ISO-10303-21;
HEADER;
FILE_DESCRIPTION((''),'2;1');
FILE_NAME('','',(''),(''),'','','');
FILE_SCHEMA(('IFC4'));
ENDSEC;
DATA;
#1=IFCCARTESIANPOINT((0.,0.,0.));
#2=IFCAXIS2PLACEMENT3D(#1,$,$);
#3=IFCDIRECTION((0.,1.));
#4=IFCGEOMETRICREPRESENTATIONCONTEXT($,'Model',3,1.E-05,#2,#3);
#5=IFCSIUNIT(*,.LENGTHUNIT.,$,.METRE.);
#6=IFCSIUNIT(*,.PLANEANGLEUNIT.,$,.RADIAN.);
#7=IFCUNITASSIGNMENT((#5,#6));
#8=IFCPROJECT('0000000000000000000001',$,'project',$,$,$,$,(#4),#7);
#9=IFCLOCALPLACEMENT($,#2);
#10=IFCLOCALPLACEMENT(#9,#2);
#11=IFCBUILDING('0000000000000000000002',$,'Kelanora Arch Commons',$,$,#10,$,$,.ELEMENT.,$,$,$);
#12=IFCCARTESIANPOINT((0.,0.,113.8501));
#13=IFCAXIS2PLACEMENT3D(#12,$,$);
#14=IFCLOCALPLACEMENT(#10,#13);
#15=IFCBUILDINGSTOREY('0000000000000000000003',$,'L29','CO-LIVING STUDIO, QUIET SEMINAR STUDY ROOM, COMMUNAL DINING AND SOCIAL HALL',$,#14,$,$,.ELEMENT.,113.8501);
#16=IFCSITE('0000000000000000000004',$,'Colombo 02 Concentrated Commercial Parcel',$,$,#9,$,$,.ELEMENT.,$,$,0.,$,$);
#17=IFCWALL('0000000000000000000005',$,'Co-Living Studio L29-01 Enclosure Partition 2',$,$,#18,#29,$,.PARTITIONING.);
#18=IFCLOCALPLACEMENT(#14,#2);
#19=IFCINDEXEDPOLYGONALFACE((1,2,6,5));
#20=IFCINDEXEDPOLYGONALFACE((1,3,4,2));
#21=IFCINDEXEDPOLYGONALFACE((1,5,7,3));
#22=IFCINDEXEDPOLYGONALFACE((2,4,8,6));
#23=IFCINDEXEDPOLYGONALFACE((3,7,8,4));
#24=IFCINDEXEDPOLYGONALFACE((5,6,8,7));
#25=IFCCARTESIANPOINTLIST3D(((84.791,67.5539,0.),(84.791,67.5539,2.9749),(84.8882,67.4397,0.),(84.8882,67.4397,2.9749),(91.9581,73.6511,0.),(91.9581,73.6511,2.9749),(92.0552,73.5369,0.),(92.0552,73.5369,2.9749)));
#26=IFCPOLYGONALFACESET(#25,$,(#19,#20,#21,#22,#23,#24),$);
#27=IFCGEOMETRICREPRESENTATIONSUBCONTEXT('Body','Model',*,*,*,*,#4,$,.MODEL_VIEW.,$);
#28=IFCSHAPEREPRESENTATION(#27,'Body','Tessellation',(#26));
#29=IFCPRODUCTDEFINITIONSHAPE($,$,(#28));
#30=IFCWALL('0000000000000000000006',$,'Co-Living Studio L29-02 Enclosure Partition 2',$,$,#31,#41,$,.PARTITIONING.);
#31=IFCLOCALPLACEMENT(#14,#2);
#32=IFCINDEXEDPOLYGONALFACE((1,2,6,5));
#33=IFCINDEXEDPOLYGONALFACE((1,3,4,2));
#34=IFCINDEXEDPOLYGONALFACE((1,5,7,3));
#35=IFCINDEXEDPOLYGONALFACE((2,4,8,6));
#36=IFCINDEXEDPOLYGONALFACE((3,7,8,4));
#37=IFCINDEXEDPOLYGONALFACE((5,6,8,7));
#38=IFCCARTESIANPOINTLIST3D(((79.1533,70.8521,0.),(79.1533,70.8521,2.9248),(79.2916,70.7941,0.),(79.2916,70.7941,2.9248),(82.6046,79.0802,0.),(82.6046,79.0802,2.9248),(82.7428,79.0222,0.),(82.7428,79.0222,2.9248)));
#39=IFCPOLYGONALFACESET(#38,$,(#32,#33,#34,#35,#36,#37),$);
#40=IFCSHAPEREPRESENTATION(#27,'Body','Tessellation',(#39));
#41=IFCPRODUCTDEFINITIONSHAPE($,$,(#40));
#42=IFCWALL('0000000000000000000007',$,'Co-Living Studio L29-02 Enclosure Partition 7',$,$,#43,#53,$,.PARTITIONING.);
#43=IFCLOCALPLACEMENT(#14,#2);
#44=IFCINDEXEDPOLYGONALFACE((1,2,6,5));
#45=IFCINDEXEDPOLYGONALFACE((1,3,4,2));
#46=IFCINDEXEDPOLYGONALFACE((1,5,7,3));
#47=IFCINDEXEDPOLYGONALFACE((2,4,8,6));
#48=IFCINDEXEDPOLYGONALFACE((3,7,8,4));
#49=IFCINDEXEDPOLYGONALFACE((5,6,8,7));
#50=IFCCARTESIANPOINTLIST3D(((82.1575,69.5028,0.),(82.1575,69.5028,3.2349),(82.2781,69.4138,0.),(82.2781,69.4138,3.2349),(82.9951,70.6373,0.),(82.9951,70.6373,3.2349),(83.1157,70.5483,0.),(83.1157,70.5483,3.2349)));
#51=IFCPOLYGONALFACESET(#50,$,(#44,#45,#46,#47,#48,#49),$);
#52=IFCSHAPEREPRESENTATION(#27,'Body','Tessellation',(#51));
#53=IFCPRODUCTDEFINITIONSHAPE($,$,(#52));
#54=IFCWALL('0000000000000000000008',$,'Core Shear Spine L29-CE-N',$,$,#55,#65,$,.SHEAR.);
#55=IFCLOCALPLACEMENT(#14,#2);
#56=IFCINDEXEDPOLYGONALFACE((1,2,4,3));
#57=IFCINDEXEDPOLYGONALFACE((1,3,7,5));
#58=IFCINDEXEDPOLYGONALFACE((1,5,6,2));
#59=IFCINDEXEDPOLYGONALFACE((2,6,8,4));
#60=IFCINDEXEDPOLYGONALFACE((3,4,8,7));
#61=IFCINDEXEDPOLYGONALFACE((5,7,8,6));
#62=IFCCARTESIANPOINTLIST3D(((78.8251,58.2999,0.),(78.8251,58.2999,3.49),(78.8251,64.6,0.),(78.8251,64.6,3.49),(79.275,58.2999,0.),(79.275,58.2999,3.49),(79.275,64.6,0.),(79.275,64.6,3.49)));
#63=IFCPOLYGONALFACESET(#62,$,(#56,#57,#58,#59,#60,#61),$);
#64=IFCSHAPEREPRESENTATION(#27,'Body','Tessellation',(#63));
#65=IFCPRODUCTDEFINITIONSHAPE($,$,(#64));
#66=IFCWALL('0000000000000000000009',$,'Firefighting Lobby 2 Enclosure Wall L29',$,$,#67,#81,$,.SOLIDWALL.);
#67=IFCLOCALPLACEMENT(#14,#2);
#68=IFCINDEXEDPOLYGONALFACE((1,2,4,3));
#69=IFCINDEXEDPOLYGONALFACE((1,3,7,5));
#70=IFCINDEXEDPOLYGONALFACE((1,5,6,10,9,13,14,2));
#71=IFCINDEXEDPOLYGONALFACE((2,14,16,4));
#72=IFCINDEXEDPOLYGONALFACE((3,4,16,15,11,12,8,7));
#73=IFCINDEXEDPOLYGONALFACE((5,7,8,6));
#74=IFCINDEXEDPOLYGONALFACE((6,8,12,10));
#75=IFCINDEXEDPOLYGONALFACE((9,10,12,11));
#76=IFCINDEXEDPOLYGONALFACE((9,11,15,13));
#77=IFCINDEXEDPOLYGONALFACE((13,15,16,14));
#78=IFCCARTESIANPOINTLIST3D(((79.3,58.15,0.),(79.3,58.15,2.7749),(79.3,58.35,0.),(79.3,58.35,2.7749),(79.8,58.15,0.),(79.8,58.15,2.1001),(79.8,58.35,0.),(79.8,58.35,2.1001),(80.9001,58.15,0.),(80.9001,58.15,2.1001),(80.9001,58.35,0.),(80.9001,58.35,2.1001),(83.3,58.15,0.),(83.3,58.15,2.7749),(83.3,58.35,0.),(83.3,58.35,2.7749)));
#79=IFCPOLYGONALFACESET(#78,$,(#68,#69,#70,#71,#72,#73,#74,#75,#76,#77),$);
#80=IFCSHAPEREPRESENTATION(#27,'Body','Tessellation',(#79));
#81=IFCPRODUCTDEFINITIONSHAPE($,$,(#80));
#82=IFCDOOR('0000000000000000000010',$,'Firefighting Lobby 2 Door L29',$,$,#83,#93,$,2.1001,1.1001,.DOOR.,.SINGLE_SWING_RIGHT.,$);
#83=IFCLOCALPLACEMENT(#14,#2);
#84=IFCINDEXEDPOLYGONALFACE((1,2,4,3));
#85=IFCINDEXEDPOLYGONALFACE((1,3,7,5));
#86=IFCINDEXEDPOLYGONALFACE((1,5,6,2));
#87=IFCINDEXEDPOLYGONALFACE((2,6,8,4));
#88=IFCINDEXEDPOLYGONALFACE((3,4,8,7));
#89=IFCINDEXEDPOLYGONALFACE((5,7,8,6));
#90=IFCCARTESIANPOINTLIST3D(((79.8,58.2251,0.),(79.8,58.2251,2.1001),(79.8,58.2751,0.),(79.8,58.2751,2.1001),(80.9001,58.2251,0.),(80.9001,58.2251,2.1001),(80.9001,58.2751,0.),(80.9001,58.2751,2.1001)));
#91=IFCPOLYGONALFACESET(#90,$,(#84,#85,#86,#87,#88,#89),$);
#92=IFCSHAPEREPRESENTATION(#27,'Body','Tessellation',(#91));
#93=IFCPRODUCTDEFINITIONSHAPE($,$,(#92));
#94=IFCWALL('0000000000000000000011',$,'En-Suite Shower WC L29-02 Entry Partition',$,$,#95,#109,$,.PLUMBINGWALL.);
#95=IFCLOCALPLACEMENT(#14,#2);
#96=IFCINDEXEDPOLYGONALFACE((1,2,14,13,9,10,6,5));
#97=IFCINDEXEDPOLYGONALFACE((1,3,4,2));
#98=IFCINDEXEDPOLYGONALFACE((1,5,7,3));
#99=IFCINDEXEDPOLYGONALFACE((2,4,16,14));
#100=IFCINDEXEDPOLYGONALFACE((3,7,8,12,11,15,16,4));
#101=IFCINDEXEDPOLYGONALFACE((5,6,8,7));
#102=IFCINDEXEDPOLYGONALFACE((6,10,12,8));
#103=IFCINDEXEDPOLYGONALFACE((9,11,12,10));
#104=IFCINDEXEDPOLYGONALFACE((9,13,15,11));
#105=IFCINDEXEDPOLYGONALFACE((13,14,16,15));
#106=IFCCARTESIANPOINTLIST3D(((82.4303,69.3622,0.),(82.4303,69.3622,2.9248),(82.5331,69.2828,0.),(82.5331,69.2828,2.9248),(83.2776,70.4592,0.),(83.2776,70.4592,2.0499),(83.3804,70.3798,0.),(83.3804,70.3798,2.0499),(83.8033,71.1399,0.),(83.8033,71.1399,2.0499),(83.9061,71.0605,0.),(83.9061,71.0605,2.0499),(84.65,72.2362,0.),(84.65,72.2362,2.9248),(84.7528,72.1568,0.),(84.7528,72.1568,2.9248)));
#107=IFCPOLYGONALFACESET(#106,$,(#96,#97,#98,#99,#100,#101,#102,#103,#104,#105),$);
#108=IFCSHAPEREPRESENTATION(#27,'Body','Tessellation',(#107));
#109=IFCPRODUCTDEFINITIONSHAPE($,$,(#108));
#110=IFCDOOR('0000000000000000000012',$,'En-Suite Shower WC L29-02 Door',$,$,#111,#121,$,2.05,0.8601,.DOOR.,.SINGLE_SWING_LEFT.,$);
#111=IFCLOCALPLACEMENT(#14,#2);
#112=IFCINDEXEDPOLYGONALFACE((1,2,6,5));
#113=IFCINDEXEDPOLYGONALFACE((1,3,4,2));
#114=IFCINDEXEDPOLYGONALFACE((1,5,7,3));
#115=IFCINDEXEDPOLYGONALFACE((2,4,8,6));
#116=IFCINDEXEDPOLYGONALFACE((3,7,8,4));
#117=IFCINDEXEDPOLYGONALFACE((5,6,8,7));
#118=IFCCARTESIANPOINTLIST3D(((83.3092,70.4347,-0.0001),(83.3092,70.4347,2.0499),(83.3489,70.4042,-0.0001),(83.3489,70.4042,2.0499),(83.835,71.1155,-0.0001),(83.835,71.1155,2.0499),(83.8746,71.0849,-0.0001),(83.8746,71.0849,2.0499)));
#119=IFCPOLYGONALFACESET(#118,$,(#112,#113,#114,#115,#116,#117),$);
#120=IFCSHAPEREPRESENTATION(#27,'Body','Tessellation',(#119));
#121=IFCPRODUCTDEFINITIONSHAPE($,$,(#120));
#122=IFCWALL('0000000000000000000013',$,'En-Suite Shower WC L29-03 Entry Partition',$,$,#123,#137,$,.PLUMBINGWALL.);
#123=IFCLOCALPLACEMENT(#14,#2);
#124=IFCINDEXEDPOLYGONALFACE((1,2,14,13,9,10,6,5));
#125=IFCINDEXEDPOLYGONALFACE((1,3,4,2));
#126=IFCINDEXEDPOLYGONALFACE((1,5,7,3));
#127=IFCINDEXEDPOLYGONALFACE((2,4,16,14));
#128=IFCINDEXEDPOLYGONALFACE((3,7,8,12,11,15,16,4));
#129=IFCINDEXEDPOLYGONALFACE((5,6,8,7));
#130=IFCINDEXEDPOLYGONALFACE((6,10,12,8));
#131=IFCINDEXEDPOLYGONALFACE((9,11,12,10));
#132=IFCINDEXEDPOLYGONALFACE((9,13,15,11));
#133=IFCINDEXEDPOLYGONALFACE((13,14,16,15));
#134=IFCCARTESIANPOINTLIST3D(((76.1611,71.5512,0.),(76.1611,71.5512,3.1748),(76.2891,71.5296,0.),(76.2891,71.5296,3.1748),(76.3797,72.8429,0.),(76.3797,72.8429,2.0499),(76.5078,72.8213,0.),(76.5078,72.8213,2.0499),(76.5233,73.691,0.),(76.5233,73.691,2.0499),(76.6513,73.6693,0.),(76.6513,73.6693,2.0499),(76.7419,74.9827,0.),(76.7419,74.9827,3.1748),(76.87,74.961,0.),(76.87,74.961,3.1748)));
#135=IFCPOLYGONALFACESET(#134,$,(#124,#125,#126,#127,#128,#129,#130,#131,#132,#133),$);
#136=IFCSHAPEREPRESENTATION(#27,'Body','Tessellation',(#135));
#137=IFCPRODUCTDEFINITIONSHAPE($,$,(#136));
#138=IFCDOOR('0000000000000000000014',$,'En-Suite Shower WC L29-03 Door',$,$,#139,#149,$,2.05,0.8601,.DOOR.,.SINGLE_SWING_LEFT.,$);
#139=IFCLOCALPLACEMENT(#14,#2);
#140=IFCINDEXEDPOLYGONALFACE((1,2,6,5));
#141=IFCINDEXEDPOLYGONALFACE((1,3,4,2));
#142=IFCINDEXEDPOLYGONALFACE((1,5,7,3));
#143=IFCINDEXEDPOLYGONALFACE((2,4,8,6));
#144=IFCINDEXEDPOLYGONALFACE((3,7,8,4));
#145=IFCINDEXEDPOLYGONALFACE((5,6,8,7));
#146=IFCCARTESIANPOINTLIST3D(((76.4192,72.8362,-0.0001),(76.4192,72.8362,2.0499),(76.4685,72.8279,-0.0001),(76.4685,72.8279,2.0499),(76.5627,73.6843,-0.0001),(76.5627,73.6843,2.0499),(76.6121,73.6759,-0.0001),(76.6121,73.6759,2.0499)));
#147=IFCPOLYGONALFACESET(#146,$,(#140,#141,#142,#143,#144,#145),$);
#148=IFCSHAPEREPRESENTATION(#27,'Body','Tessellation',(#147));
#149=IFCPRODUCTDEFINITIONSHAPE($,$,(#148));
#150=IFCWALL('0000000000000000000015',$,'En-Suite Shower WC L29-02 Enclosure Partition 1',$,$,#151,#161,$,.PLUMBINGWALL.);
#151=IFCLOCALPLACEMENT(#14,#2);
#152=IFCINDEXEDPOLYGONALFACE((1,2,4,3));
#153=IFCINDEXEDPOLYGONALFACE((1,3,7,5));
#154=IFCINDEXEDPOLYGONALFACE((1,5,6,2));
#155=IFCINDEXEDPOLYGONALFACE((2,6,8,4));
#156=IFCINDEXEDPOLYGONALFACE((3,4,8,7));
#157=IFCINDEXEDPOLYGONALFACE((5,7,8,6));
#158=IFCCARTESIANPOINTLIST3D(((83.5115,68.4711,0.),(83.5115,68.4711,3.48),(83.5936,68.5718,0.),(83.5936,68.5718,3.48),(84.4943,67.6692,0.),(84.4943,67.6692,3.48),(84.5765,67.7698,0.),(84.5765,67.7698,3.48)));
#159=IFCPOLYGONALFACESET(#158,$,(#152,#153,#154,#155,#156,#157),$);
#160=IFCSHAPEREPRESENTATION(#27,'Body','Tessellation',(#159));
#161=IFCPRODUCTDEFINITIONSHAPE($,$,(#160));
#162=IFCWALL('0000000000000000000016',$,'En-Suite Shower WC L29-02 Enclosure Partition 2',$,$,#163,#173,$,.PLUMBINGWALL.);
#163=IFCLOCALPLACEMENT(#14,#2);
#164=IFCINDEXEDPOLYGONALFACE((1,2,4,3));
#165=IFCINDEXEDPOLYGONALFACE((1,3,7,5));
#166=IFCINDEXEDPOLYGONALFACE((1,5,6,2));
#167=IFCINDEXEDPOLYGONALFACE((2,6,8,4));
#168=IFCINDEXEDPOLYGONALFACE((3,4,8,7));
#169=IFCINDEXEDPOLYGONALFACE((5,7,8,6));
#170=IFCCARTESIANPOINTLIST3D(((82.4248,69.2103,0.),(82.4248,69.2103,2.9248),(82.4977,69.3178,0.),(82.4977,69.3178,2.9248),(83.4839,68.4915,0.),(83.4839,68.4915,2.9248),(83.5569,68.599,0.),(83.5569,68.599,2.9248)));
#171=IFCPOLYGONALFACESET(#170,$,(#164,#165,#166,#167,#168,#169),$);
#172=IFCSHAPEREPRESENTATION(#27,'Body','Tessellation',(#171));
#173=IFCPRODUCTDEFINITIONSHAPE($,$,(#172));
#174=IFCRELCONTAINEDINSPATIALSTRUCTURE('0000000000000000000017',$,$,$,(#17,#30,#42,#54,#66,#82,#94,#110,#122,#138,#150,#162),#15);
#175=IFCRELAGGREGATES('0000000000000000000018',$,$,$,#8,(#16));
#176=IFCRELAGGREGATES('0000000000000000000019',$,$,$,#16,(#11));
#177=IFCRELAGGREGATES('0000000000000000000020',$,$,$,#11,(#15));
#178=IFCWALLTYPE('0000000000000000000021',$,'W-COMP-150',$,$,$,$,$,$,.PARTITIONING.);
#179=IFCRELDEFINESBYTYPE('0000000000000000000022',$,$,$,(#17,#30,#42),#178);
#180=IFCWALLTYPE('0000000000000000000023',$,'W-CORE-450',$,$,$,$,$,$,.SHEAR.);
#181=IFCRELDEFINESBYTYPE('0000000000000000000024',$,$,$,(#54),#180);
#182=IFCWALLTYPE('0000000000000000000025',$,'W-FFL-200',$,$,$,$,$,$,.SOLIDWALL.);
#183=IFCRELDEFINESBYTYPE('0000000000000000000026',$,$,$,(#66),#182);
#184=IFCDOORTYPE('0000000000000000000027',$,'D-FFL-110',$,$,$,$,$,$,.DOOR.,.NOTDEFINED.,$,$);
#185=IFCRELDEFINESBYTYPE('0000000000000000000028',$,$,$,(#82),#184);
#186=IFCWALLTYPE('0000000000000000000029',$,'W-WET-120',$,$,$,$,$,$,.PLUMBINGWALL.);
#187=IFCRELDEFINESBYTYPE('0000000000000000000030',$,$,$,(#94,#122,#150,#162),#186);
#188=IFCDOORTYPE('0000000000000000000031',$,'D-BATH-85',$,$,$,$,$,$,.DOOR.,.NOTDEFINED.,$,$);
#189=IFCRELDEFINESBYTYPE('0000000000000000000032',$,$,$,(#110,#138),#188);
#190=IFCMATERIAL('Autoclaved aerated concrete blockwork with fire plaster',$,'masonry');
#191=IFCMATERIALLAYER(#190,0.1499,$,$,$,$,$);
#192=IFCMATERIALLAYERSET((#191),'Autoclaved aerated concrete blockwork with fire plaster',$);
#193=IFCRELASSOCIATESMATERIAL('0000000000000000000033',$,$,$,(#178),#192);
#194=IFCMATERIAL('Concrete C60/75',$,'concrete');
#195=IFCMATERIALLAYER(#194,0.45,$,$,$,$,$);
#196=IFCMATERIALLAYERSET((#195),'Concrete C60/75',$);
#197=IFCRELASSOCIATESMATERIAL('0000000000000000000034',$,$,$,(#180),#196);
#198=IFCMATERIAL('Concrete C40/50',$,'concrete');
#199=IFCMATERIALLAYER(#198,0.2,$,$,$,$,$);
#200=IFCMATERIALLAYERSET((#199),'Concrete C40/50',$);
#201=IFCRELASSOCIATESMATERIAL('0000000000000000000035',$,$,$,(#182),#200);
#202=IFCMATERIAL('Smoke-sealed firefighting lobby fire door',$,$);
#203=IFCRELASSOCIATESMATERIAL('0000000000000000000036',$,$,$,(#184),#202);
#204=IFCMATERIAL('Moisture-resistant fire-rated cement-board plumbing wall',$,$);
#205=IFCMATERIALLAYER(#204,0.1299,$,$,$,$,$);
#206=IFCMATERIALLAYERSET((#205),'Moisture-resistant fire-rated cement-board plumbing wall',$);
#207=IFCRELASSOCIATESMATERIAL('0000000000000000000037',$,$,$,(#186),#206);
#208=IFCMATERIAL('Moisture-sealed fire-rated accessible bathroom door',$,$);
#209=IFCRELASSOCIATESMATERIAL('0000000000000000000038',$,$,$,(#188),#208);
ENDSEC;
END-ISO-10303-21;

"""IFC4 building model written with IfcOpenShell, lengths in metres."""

from ifc_helpers import new_model, si_unit, direction, frame, frame_2d, origin, place, context, subcontext, project, spatial, rectangle, extrude, material, layer, layer_set, type_object, element, fill, save


model = new_model("IFC4")

# Units and contexts
model_context = context("Model", 3, precision=1e-05, world=origin(), true_north=direction((0.0, 1.0)))
body_context = subcontext(model_context, "Body", "Model", "MODEL_VIEW")
ifc_project = project(units=[si_unit("LENGTHUNIT", "METRE"), si_unit("PLANEANGLEUNIT", "RADIAN")], contexts=[model_context])

# Site, building, storey
site_placement = place(None, origin())
site = spatial("IfcSite", under=ifc_project, at=site_placement, Name="Colombo 02 Concentrated Commercial Parcel", CompositionType="ELEMENT", RefElevation=0.0)
building_placement = place(site_placement, origin())
building = spatial("IfcBuilding", under=site, at=building_placement, Name="Kelanora Arch Commons", CompositionType="ELEMENT")
storey_placement = place(building_placement, frame((0.0, 0.0, 113.8501)))
storey = spatial("IfcBuildingStorey", under=building, at=storey_placement, Name="L29", Description="CO-LIVING STUDIO, QUIET SEMINAR STUDY ROOM, COMMUNAL DINING AND SOCIAL HALL", CompositionType="ELEMENT", Elevation=113.8501)

# Shared definitions
ifc_material_1 = material(Name="Concrete C60/75", Category="concrete")

# Shared definitions
ifc_material_2 = material(Name="Autoclaved aerated concrete blockwork with fire plaster", Category="masonry")
ifc_layer_1 = layer(ifc_material_2, 0.1499)
ifc_layer_set_1 = layer_set([ifc_layer_1], Name="Autoclaved aerated concrete blockwork with fire plaster")
wall_type_1 = type_object("IfcWallType", Name="W-COMP-150", PredefinedType="PARTITIONING", material=ifc_layer_set_1)

# Walls
wall_1_placement = place(storey_placement, frame((84.8396, 67.4968, 0.0), z_axis=(0.0, 0.0, 1.0), x_axis=(0.761665, 0.647971, 0.0)))
element("IfcWall", 1, at=wall_1_placement, inside=storey, type_object=wall_type_1, Name="Co-Living Studio L29-01 Enclosure Partition 2", PredefinedType="PARTITIONING", context=body_context, shape_type="SweptSolid", body=[
    extrude(rectangle(XDim=9.4097, YDim=0.1499, at=frame_2d((4.7048, 0.0))), origin(), (0.0, 0.0, 1.0), 2.9749),
])
wall_2_placement = place(storey_placement, frame((79.2224, 70.823, 0.0), z_axis=(0.0, 0.0, 1.0), x_axis=(0.386794, 0.922166, 0.0)))
element("IfcWall", 2, at=wall_2_placement, inside=storey, type_object=wall_type_1, Name="Co-Living Studio L29-02 Enclosure Partition 2", PredefinedType="PARTITIONING", context=body_context, shape_type="SweptSolid", body=[
    extrude(rectangle(XDim=8.9226, YDim=0.1499, at=frame_2d((4.4614, 0.0))), origin(), (0.0, 0.0, 1.0), 2.9248),
])
wall_3_placement = place(storey_placement, frame((83.0554, 70.5928, 0.0), z_axis=(0.0, 0.0, 1.0), x_axis=(-0.593972, -0.804485, 0.0)))
element("IfcWall", 3, at=wall_3_placement, inside=storey, type_object=wall_type_1, Name="Co-Living Studio L29-02 Enclosure Partition 7", PredefinedType="PARTITIONING", context=body_context, shape_type="SweptSolid", body=[
    extrude(rectangle(XDim=1.4102, YDim=0.1499, at=frame_2d((0.7051, 0.0))), origin(), (0.0, 0.0, 1.0), 3.2349),
])
ifc_layer_2 = layer(ifc_material_1, 0.45)
ifc_layer_set_2 = layer_set([ifc_layer_2], Name="Concrete C60/75")
wall_type_2 = type_object("IfcWallType", Name="W-CORE-450", PredefinedType="SHEAR", material=ifc_layer_set_2)
wall_4_placement = place(storey_placement, frame((79.05, 58.3, 0.0), z_axis=(0.0, 0.0, 1.0), x_axis=(0.0, 1.0, 0.0)))
element("IfcWall", 4, at=wall_4_placement, inside=storey, type_object=wall_type_2, Name="Core Shear Spine L29-CE-N", PredefinedType="SHEAR", context=body_context, shape_type="SweptSolid", body=[
    extrude(rectangle(XDim=6.3, YDim=0.45, at=frame_2d((3.1499, 0.0))), origin(), (0.0, 0.0, 1.0), 3.49),
])

# Walls, openings, doors
ifc_material_3 = material(Name="Concrete C40/50", Category="concrete")
ifc_layer_3 = layer(ifc_material_3, 0.2)
ifc_layer_set_3 = layer_set([ifc_layer_3], Name="Concrete C40/50")
wall_type_3 = type_object("IfcWallType", Name="W-FFL-200", PredefinedType="SOLIDWALL", material=ifc_layer_set_3)
wall_5_placement = place(storey_placement, frame((79.3, 58.25, 0.0), z_axis=(0.0, 0.0, 1.0), x_axis=(1.0, 0.0, 0.0)))
wall_5 = element("IfcWall", 5, at=wall_5_placement, inside=storey, type_object=wall_type_3, Name="Firefighting Lobby 2 Enclosure Wall L29", PredefinedType="SOLIDWALL", context=body_context, shape_type="SweptSolid", body=[
    extrude(rectangle(XDim=4.0, YDim=0.2, at=frame_2d((2.0, 0.0))), origin(), (0.0, 0.0, 1.0), 2.7749),
])
opening_1_placement = place(wall_5_placement, frame((0.5, 0.0, 0.0)))
opening_1 = element("IfcOpeningElement", 6, at=opening_1_placement, cuts=wall_5, PredefinedType="OPENING", context=body_context, shape_type="SweptSolid", body=[
    extrude(rectangle(XDim=1.1001, YDim=2.1001, at=frame_2d((0.55, 1.05))), frame((0.0, 0.1099, 0.0), z_axis=(0.0, -1.0, 0.0), x_axis=(1.0, 0.0, 0.0)), (0.0, 0.0, 1.0), 0.22),
])
ifc_material_4 = material(Name="Smoke-sealed firefighting lobby fire door")
door_type_1 = type_object("IfcDoorType", Name="D-FFL-110", OperationType="NOTDEFINED", PredefinedType="DOOR", material=ifc_material_4)
door_1_placement = place(opening_1_placement, frame((1.1001, 0.0, 0.0), z_axis=(0.0, 0.0, 1.0), x_axis=(-1.0, 0.0, 0.0)))
door_1 = element("IfcDoor", 7, at=door_1_placement, inside=storey, type_object=door_type_1, Name="Firefighting Lobby 2 Door L29", OperationType="SINGLE_SWING_RIGHT", OverallHeight=2.1001, OverallWidth=1.1001, PredefinedType="DOOR", context=body_context, shape_type="SweptSolid", body=[
    extrude(rectangle(XDim=1.1001, YDim=2.1001, at=frame_2d((0.55, 1.05))), frame((0.0, 0.0249, 0.0), z_axis=(0.0, -1.0, 0.0), x_axis=(1.0, 0.0, 0.0)), (0.0, 0.0, 1.0), 0.05),
])
fill(opening_1, door_1)
ifc_material_5 = material(Name="Moisture-resistant fire-rated cement-board plumbing wall")
ifc_layer_4 = layer(ifc_material_5, 0.1299)
ifc_layer_set_4 = layer_set([ifc_layer_4], Name="Moisture-resistant fire-rated cement-board plumbing wall")
wall_type_4 = type_object("IfcWallType", Name="W-WET-120", PredefinedType="PLUMBINGWALL", material=ifc_layer_set_4)
wall_6_placement = place(storey_placement, frame((82.4817, 69.3225, 0.0), z_axis=(0.0, 0.0, 1.0), x_axis=(0.611256, 0.791433, 0.0)))
wall_6 = element("IfcWall", 8, at=wall_6_placement, inside=storey, type_object=wall_type_4, Name="En-Suite Shower WC L29-02 Entry Partition", PredefinedType="PLUMBINGWALL", context=body_context, shape_type="SweptSolid", body=[
    extrude(rectangle(XDim=3.6313, YDim=0.1299, at=frame_2d((1.8157, 0.0))), origin(), (0.0, 0.0, 1.0), 2.9248),
])
opening_2_placement = place(wall_6_placement, frame((1.386, 0.0, 0.0)))
opening_2 = element("IfcOpeningElement", 9, at=opening_2_placement, cuts=wall_6, PredefinedType="OPENING", context=body_context, shape_type="SweptSolid", body=[
    extrude(rectangle(XDim=0.8601, YDim=2.05, at=frame_2d((0.4302, 1.0249))), frame((0.0, 0.075, 0.0), z_axis=(0.0, -1.0, 0.0), x_axis=(1.0, 0.0, 0.0)), (0.0, 0.0, 1.0), 0.1499),
])
ifc_material_6 = material(Name="Moisture-sealed fire-rated accessible bathroom door")
door_type_2 = type_object("IfcDoorType", Name="D-BATH-85", OperationType="NOTDEFINED", PredefinedType="DOOR", material=ifc_material_6)
door_2_placement = place(opening_2_placement, origin())
door_2 = element("IfcDoor", 10, at=door_2_placement, inside=storey, type_object=door_type_2, Name="En-Suite Shower WC L29-02 Door", OperationType="SINGLE_SWING_LEFT", OverallHeight=2.05, OverallWidth=0.8601, PredefinedType="DOOR", context=body_context, shape_type="SweptSolid", body=[
    extrude(rectangle(XDim=0.8601, YDim=2.05, at=frame_2d((0.4302, 1.0249))), frame((0.0, 0.0249, 0.0), z_axis=(0.0, -1.0, 0.0), x_axis=(1.0, 0.0, 0.0)), (0.0, 0.0, 1.0), 0.05),
])
fill(opening_2, door_2)
wall_7_placement = place(storey_placement, frame((76.2251, 71.5403, 0.0), z_axis=(0.0, 0.0, 1.0), x_axis=(0.16689, 0.985976, 0.0)))
wall_7 = element("IfcWall", 11, at=wall_7_placement, inside=storey, type_object=wall_type_4, Name="En-Suite Shower WC L29-03 Entry Partition", PredefinedType="PLUMBINGWALL", context=body_context, shape_type="SweptSolid", body=[
    extrude(rectangle(XDim=3.4802, YDim=0.1299, at=frame_2d((1.7402, 0.0))), origin(), (0.0, 0.0, 1.0), 3.1748),
])
opening_3_placement = place(wall_7_placement, frame((1.3101, 0.0, 0.0)))
opening_3 = element("IfcOpeningElement", 12, at=opening_3_placement, cuts=wall_7, PredefinedType="OPENING", context=body_context, shape_type="SweptSolid", body=[
    extrude(rectangle(XDim=0.8601, YDim=2.05, at=frame_2d((0.4302, 1.0249))), frame((0.0, 0.075, 0.0), z_axis=(0.0, -1.0, 0.0), x_axis=(1.0, 0.0, 0.0)), (0.0, 0.0, 1.0), 0.1499),
])
door_3_placement = place(opening_3_placement, origin())
door_3 = element("IfcDoor", 13, at=door_3_placement, inside=storey, type_object=door_type_2, Name="En-Suite Shower WC L29-03 Door", OperationType="SINGLE_SWING_LEFT", OverallHeight=2.05, OverallWidth=0.8601, PredefinedType="DOOR", context=body_context, shape_type="SweptSolid", body=[
    extrude(rectangle(XDim=0.8601, YDim=2.05, at=frame_2d((0.4302, 1.0249))), frame((0.0, 0.0249, 0.0), z_axis=(0.0, -1.0, 0.0), x_axis=(1.0, 0.0, 0.0)), (0.0, 0.0, 1.0), 0.05),
])
fill(opening_3, door_3)

# Walls
wall_8_placement = place(storey_placement, frame((84.5354, 67.7195, 0.0), z_axis=(0.0, 0.0, 1.0), x_axis=(-0.774805, 0.6322, 0.0)))
element("IfcWall", 14, at=wall_8_placement, inside=storey, type_object=wall_type_4, Name="En-Suite Shower WC L29-02 Enclosure Partition 1", PredefinedType="PLUMBINGWALL", context=body_context, shape_type="SweptSolid", body=[
    extrude(rectangle(XDim=1.2686, YDim=0.1299, at=frame_2d((0.6343, 0.0))), origin(), (0.0, 0.0, 1.0), 3.48),
])
wall_9_placement = place(storey_placement, frame((83.5205, 68.5452, 0.0), z_axis=(0.0, 0.0, 1.0), x_axis=(-0.827444, 0.561548, 0.0)))
element("IfcWall", 15, at=wall_9_placement, inside=storey, type_object=wall_type_4, Name="En-Suite Shower WC L29-02 Enclosure Partition 2", PredefinedType="PLUMBINGWALL", context=body_context, shape_type="SweptSolid", body=[
    extrude(rectangle(XDim=1.28, YDim=0.1299, at=frame_2d((0.6401, 0.0))), origin(), (0.0, 0.0, 1.0), 2.9248),
])

save(model, "model.ifc")
